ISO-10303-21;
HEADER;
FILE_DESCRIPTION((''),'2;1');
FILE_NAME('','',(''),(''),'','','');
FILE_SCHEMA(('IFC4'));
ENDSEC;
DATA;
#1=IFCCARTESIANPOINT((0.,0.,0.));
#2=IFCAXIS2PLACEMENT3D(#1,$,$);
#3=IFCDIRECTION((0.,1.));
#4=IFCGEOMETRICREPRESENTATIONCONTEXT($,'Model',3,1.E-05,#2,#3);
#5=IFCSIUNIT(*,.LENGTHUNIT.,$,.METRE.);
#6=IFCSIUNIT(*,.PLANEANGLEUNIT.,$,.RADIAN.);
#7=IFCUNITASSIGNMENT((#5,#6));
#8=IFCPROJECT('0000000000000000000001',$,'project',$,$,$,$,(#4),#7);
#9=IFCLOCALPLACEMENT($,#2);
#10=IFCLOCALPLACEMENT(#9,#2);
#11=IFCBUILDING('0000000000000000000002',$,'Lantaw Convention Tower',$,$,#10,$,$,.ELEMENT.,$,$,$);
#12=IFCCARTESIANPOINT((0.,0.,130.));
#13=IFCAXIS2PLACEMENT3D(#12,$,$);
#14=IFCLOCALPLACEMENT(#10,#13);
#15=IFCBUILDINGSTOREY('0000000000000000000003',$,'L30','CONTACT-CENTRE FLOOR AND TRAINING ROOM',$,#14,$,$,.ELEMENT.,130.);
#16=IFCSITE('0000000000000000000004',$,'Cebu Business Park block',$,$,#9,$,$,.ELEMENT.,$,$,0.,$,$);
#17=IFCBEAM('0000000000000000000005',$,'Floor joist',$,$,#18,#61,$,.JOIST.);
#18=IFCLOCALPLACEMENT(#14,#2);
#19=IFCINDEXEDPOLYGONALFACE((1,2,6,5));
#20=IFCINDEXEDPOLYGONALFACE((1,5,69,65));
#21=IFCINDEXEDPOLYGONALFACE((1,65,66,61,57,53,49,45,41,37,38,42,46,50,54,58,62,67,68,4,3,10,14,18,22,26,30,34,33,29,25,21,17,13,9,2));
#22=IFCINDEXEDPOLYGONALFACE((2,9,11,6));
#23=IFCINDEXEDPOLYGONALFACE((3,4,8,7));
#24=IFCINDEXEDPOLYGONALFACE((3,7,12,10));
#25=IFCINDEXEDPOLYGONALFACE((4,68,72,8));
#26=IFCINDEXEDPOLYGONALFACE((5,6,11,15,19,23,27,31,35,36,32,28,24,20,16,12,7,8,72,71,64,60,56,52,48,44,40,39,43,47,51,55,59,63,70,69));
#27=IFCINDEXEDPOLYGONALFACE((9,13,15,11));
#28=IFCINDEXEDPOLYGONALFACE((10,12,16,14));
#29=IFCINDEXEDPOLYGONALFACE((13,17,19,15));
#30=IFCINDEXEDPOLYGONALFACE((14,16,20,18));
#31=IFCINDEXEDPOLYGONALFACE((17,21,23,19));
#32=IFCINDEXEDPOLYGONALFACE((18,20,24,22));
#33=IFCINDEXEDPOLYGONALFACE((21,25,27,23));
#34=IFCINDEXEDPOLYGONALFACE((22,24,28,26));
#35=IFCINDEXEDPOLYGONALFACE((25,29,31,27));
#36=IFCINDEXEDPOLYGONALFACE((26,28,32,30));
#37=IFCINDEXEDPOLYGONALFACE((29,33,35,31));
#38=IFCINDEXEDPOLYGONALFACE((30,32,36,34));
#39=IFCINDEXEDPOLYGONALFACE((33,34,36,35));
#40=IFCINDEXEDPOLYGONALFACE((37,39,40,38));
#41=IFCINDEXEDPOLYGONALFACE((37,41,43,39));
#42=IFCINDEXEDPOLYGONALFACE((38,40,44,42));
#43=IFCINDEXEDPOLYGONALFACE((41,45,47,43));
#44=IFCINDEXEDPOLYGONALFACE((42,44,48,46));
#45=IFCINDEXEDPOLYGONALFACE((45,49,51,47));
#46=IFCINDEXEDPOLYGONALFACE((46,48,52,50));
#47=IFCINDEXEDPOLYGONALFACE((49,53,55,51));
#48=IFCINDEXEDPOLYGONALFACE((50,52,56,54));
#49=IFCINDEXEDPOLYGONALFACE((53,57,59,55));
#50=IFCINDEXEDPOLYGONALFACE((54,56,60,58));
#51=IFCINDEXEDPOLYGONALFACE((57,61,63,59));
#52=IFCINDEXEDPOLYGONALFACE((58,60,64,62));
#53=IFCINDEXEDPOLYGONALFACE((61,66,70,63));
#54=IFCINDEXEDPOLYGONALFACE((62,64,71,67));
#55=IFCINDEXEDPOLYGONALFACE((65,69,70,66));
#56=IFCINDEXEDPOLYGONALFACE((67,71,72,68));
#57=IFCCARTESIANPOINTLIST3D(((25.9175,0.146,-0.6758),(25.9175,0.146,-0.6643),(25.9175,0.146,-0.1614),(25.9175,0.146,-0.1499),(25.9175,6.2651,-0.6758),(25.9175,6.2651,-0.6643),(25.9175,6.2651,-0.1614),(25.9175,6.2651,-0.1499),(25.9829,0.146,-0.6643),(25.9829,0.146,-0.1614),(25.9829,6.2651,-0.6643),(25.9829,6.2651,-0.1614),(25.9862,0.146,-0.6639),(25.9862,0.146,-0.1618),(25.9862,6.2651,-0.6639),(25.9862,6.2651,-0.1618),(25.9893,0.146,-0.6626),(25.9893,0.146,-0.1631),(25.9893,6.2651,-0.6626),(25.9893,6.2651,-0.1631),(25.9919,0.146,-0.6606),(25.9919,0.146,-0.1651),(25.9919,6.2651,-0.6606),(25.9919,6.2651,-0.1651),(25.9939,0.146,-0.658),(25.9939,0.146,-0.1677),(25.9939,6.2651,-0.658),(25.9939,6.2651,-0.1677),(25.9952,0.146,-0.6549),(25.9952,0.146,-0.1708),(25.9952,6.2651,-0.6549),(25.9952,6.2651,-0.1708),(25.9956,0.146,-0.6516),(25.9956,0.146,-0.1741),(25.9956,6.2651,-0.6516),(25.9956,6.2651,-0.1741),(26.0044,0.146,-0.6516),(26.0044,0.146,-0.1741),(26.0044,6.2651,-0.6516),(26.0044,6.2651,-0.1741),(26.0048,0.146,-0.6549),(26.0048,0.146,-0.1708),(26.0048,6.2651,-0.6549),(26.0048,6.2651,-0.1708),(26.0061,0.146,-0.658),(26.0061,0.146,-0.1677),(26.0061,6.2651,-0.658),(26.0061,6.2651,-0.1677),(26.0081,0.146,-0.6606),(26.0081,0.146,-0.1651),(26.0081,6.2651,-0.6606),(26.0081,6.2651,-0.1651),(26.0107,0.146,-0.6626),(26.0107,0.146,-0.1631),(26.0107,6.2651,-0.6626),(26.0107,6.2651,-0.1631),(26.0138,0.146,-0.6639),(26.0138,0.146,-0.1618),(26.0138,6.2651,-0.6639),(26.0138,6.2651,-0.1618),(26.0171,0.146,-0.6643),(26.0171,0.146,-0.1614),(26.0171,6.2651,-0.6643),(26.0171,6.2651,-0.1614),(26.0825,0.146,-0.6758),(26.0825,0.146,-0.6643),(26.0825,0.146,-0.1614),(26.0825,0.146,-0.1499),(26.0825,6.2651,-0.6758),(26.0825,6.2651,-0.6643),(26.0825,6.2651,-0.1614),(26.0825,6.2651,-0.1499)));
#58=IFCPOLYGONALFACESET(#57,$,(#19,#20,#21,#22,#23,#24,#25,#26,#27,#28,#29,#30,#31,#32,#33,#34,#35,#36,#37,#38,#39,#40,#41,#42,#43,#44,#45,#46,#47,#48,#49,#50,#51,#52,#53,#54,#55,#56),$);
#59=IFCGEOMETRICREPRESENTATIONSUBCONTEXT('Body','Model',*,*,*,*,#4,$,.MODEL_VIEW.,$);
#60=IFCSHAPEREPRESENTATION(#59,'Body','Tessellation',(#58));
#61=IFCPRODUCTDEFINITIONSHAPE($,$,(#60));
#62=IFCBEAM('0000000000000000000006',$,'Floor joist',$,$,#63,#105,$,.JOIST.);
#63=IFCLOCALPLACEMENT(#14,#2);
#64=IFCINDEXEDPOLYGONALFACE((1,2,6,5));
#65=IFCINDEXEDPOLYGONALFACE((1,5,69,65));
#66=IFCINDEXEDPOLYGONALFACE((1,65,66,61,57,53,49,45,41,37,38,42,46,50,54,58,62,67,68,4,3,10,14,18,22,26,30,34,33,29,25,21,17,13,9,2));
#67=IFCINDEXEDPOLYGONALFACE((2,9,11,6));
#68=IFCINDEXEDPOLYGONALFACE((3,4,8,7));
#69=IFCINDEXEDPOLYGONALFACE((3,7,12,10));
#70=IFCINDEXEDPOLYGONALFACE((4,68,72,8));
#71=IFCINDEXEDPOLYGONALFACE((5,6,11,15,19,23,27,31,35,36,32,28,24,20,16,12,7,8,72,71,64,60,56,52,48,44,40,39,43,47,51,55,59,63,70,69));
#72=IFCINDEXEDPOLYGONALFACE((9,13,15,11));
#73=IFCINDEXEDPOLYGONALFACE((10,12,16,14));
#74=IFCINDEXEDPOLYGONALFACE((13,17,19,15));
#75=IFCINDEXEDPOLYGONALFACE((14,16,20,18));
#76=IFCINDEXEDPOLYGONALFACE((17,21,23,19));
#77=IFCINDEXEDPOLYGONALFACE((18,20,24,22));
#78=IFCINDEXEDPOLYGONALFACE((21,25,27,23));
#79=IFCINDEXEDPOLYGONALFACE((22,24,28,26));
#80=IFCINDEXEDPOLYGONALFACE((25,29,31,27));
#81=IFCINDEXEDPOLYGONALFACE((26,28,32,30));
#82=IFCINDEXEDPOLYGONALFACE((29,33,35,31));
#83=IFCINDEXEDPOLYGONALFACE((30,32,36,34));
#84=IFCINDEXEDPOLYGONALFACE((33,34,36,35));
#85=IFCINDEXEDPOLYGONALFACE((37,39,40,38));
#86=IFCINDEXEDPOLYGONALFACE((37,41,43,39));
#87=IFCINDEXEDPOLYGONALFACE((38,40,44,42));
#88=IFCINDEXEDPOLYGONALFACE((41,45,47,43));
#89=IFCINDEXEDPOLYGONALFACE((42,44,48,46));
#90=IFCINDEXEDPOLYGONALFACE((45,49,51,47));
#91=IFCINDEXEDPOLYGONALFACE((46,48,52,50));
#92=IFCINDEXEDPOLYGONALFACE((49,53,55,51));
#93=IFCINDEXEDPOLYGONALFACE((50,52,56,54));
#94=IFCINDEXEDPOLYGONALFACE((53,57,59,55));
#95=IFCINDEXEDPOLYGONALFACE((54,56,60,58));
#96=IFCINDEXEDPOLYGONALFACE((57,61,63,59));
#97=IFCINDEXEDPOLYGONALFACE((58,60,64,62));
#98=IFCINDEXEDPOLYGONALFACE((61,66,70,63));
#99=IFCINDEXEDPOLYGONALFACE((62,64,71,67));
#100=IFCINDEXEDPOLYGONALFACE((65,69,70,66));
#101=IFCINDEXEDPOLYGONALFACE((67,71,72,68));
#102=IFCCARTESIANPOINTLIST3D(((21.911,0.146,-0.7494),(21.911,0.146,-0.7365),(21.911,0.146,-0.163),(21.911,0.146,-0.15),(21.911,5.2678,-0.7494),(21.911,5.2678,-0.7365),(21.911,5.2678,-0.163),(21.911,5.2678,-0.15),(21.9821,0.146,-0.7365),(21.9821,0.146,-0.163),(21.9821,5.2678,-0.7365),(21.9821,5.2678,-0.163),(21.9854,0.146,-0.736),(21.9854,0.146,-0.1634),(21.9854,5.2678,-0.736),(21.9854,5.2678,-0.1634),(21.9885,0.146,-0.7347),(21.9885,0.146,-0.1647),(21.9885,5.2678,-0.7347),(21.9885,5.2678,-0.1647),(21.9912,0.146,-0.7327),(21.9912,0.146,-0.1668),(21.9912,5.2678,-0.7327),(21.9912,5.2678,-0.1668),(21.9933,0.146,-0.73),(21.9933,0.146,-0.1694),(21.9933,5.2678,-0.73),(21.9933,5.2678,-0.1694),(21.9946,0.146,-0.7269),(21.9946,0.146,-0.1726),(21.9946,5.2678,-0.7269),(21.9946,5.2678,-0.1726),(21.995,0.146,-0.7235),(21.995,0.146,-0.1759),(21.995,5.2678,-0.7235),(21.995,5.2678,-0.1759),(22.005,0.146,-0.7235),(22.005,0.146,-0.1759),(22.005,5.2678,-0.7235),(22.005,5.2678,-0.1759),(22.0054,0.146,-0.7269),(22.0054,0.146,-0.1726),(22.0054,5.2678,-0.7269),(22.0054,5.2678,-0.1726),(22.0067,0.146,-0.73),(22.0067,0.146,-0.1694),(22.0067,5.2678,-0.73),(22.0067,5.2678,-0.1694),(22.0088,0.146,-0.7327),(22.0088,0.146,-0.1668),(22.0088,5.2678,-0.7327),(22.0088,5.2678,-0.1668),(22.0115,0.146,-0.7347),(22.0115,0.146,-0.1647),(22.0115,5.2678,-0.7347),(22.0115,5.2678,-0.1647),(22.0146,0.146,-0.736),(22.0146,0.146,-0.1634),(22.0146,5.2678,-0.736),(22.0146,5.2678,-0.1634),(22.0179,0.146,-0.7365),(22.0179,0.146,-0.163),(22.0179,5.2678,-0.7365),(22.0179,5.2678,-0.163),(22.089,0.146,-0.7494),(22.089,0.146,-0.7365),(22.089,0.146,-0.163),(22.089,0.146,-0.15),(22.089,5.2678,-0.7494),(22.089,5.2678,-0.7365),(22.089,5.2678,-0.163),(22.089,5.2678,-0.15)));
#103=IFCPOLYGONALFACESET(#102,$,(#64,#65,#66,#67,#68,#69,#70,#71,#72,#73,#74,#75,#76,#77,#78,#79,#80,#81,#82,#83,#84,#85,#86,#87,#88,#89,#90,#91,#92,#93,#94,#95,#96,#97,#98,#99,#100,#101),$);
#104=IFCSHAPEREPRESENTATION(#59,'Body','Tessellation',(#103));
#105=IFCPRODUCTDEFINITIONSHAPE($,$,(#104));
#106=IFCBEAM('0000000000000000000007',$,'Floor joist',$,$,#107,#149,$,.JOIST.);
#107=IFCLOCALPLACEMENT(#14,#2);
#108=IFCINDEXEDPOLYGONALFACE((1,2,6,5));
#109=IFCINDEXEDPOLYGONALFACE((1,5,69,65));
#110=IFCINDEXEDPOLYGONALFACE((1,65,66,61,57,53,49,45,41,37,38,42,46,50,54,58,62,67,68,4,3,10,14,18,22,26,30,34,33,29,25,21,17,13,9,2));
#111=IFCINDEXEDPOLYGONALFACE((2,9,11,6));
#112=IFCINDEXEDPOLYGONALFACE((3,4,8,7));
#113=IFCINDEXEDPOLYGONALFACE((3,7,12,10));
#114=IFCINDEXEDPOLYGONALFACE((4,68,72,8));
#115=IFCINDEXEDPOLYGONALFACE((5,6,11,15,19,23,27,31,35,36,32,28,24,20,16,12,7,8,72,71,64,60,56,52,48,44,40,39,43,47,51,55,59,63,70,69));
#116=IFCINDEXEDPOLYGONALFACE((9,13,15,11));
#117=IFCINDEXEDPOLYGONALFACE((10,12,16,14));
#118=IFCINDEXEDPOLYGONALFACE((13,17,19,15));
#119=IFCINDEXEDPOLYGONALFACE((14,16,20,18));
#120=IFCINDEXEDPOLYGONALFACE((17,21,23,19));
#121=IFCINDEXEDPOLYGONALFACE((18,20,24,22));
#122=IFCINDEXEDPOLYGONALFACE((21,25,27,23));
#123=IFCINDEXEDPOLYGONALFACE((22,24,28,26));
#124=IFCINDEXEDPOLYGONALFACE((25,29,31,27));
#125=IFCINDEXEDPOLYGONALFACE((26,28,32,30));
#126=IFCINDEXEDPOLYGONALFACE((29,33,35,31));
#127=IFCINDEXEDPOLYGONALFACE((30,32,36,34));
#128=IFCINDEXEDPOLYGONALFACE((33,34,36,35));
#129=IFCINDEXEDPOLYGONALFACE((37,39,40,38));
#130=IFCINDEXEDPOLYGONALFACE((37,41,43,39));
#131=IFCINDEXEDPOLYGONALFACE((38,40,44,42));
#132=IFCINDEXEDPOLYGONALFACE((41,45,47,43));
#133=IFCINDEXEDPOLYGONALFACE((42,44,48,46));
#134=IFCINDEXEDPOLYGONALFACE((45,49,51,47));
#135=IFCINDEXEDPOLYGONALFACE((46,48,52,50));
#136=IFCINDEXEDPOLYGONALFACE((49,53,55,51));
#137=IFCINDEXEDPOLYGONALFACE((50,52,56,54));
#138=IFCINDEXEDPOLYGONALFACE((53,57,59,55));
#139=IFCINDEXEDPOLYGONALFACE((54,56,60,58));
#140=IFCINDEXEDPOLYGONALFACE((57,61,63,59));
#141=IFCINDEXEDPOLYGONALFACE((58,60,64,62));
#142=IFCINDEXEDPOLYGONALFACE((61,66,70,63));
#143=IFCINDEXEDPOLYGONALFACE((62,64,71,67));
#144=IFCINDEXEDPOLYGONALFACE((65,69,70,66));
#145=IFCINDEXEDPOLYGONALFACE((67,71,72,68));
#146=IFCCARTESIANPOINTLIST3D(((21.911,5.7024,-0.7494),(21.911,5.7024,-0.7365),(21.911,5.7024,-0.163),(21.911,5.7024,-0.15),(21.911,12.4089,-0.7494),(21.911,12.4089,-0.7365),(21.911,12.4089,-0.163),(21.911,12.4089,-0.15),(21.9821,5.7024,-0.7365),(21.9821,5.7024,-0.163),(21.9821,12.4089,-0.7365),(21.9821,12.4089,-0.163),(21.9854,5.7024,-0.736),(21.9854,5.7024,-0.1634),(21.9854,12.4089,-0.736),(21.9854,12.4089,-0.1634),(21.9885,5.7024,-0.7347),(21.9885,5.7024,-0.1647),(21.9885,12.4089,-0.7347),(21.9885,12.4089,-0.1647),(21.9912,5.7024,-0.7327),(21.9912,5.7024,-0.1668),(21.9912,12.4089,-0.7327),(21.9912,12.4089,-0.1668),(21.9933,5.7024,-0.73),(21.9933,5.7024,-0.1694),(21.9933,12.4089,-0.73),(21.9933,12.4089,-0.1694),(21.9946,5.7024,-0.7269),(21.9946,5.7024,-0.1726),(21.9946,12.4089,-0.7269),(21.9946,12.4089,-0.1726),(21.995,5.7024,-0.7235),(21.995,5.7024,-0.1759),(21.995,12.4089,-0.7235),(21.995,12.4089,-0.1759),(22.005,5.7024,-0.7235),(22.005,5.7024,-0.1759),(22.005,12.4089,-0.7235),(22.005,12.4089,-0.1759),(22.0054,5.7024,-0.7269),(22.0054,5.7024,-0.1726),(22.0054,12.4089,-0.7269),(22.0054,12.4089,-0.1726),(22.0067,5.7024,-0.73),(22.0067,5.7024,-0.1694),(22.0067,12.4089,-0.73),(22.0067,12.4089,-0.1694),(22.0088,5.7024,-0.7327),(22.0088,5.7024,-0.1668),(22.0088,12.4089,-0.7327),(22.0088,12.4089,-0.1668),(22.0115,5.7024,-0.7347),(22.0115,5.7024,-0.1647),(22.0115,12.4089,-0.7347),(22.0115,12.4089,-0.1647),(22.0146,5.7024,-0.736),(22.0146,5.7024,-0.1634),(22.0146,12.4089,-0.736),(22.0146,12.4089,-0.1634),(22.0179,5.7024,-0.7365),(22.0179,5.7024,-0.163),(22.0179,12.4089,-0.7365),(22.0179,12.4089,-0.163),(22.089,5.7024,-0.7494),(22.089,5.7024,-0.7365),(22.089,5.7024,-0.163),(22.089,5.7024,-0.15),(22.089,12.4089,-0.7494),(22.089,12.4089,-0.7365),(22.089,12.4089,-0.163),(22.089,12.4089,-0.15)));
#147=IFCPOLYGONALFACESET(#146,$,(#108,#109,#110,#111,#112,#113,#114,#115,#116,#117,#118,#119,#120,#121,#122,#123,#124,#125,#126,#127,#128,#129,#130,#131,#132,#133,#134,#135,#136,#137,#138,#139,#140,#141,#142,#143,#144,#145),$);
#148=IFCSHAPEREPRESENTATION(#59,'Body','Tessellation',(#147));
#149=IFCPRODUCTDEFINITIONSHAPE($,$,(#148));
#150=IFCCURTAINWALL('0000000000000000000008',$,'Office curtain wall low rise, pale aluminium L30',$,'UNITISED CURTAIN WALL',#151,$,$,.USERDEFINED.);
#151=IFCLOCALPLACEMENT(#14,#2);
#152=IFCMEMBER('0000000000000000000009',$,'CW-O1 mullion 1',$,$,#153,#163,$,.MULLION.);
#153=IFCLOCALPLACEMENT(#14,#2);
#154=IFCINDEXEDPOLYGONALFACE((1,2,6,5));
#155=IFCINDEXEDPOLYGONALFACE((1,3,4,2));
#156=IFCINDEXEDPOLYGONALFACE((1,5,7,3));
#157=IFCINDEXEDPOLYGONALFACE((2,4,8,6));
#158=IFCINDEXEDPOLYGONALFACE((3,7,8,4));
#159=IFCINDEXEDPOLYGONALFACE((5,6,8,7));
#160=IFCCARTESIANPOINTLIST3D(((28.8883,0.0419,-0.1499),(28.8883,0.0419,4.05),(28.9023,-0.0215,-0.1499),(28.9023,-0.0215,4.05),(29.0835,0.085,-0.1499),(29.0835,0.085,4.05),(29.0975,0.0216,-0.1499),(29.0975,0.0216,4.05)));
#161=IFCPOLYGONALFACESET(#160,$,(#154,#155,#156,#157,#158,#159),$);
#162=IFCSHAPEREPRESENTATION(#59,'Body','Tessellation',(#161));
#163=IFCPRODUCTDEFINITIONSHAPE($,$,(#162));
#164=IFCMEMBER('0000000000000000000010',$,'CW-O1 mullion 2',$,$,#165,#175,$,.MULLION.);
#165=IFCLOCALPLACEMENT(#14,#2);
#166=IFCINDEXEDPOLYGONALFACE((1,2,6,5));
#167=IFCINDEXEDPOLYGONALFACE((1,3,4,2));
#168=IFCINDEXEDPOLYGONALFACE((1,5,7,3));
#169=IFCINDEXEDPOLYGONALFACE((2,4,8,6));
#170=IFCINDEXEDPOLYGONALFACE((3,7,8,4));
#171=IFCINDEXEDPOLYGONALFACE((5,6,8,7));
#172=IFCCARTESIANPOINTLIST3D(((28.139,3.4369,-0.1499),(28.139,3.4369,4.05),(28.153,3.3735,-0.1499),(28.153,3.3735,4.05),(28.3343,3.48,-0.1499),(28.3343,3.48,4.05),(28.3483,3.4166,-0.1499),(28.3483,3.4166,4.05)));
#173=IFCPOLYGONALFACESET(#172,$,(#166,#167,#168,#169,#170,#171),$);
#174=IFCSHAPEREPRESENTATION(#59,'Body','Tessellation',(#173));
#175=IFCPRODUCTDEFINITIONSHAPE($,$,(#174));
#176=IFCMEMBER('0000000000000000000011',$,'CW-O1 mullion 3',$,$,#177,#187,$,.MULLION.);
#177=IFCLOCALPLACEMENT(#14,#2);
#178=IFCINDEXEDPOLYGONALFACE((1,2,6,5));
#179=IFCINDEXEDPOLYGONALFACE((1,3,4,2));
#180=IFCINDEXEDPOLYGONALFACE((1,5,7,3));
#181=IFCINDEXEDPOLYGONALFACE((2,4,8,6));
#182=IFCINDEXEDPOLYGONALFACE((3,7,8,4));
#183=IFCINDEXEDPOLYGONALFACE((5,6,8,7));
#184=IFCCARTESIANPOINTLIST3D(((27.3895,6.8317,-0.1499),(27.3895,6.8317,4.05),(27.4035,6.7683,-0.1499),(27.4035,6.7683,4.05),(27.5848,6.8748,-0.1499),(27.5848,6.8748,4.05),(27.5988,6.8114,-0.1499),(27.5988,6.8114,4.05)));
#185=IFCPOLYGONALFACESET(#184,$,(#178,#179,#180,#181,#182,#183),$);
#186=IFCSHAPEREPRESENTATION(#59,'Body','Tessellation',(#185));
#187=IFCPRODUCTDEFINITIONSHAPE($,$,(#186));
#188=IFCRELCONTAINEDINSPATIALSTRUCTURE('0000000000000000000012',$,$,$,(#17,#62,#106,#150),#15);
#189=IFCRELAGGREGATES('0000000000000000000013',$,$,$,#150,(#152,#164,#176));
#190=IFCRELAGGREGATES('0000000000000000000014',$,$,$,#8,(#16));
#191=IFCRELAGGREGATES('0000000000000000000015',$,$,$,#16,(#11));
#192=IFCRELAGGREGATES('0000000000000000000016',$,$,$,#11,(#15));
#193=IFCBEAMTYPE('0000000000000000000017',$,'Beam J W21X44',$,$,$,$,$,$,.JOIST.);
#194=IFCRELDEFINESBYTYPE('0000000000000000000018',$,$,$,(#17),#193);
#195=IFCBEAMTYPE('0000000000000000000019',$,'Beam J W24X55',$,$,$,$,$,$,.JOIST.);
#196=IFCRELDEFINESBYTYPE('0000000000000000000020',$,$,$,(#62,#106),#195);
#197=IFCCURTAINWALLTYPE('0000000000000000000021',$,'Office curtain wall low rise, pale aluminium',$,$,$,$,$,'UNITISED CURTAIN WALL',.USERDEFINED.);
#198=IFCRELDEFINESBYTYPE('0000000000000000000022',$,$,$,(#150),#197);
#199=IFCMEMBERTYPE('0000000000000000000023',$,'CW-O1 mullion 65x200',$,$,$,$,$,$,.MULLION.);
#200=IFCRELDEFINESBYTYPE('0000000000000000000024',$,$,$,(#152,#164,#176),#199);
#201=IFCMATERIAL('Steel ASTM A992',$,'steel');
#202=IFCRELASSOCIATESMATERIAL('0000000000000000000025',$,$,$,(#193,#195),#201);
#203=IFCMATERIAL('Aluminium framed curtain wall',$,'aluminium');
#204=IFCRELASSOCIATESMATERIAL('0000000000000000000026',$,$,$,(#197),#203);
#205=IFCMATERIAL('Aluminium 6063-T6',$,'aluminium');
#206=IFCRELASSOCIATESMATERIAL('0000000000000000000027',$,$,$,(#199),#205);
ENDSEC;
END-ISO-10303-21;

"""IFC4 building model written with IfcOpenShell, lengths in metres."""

from ifc_helpers import new_model, si_unit, direction, frame, origin, origin_2d, place, context, subcontext, project, spatial, rectangle, i_section, extrude, material, material_profile, profile_set, type_object, element, aggregate, save


model = new_model("IFC4")

# Units and contexts
model_context = context("Model", 3, precision=1e-05, world=origin(), true_north=direction((0.0, 1.0)))
body_context = subcontext(model_context, "Body", "Model", "MODEL_VIEW")
ifc_project = project(units=[si_unit("LENGTHUNIT", "METRE"), si_unit("PLANEANGLEUNIT", "RADIAN")], contexts=[model_context])

# Site, building, storey
site_placement = place(None, origin())
site = spatial("IfcSite", under=ifc_project, at=site_placement, Name="Cebu Business Park block", CompositionType="ELEMENT", RefElevation=0.0)
building_placement = place(site_placement, origin())
building = spatial("IfcBuilding", under=site, at=building_placement, Name="Lantaw Convention Tower", CompositionType="ELEMENT")
storey_placement = place(building_placement, frame((0.0, 0.0, 130.0)))
storey = spatial("IfcBuildingStorey", under=building, at=storey_placement, Name="L30", Description="CONTACT-CENTRE FLOOR AND TRAINING ROOM", CompositionType="ELEMENT", Elevation=130.0)

# Beams
ifc_material_1 = material(Name="Steel ASTM A992", Category="steel")
ifc_material_profile_1 = material_profile(ifc_material_1, i_section(OverallWidth=0.165, OverallDepth=0.5259, WebThickness=0.0088, FlangeThickness=0.0115, FilletRadius=0.0127, at=origin_2d()), Name="W21X44")
ifc_profile_set_1 = profile_set([ifc_material_profile_1], Name="Steel ASTM A992")
beam_type_1 = type_object("IfcBeamType", Name="Beam J W21X44", PredefinedType="JOIST", material=ifc_profile_set_1)
beam_1_placement = place(storey_placement, frame((26.0, 0.146, -0.4128), z_axis=(0.0, 1.0, 0.0), x_axis=(-1.0, 0.0, 0.0)))
element("IfcBeam", 1, at=beam_1_placement, inside=storey, type_object=beam_type_1, Name="Floor joist", PredefinedType="JOIST", context=body_context, shape_type="SweptSolid", body=[
    extrude(i_section(OverallWidth=0.165, OverallDepth=0.5259, WebThickness=0.0088, FlangeThickness=0.0115, FilletRadius=0.0127, at=origin_2d()), origin(), (0.0, 0.0, 1.0), 6.1191),
])
ifc_material_profile_2 = material_profile(ifc_material_1, i_section(OverallWidth=0.178, OverallDepth=0.5994, WebThickness=0.01, FlangeThickness=0.0129, FilletRadius=0.0129, at=origin_2d()), Name="W24X55")
ifc_profile_set_2 = profile_set([ifc_material_profile_2], Name="Steel ASTM A992")
beam_type_2 = type_object("IfcBeamType", Name="Beam J W24X55", PredefinedType="JOIST", material=ifc_profile_set_2)
beam_2_placement = place(storey_placement, frame((22.0, 0.146, -0.4497), z_axis=(0.0, 1.0, 0.0), x_axis=(-1.0, 0.0, 0.0)))
element("IfcBeam", 2, at=beam_2_placement, inside=storey, type_object=beam_type_2, Name="Floor joist", PredefinedType="JOIST", context=body_context, shape_type="SweptSolid", body=[
    extrude(i_section(OverallWidth=0.178, OverallDepth=0.5994, WebThickness=0.01, FlangeThickness=0.0129, FilletRadius=0.0129, at=origin_2d()), origin(), (0.0, 0.0, 1.0), 5.1218),
])
beam_3_placement = place(storey_placement, frame((22.0, 5.7024, -0.4497), z_axis=(0.0, 1.0, 0.0), x_axis=(-1.0, 0.0, 0.0)))
element("IfcBeam", 3, at=beam_3_placement, inside=storey, type_object=beam_type_2, Name="Floor joist", PredefinedType="JOIST", context=body_context, shape_type="SweptSolid", body=[
    extrude(i_section(OverallWidth=0.178, OverallDepth=0.5994, WebThickness=0.01, FlangeThickness=0.0129, FilletRadius=0.0129, at=origin_2d()), origin(), (0.0, 0.0, 1.0), 6.7065),
])

# Curtain wall, members
ifc_material_2 = material(Name="Aluminium framed curtain wall", Category="aluminium")
curtain_wall_type = type_object("IfcCurtainWallType", Name="Office curtain wall low rise, pale aluminium", ElementType="UNITISED CURTAIN WALL", PredefinedType="USERDEFINED", material=ifc_material_2)
curtain_wall_1_placement = place(storey_placement, origin())
curtain_wall_1 = element("IfcCurtainWall", 4, at=curtain_wall_1_placement, inside=storey, type_object=curtain_wall_type, Name="Office curtain wall low rise, pale aluminium L30", ObjectType="UNITISED CURTAIN WALL", PredefinedType="USERDEFINED")
ifc_material_3 = material(Name="Aluminium 6063-T6", Category="aluminium")
ifc_material_profile_3 = material_profile(ifc_material_3, rectangle(XDim=0.2, YDim=0.0649, at=origin_2d()), Name="CW-O1 mullion 65x200")
ifc_profile_set_3 = profile_set([ifc_material_profile_3], Name="Aluminium 6063-T6")
member_type_1 = type_object("IfcMemberType", Name="CW-O1 mullion 65x200", PredefinedType="MULLION", material=ifc_profile_set_3)
member_1_placement = place(storey_placement, frame((28.9929, 0.0317, -0.1499), z_axis=(0.0, 0.0, 1.0), x_axis=(-0.976494, -0.215546, 0.0)))
member_1 = element("IfcMember", 5, at=member_1_placement, type_object=member_type_1, Name="CW-O1 mullion 1", PredefinedType="MULLION", context=body_context, shape_type="SweptSolid", body=[
    extrude(rectangle(XDim=0.2, YDim=0.0649, at=origin_2d()), origin(), (0.0, 0.0, 1.0), 4.2),
])
member_2_placement = place(storey_placement, frame((28.2437, 3.4268, -0.1499), z_axis=(0.0, 0.0, 1.0), x_axis=(-0.976494, -0.215546, 0.0)))
member_2 = element("IfcMember", 6, at=member_2_placement, type_object=member_type_1, Name="CW-O1 mullion 2", PredefinedType="MULLION", context=body_context, shape_type="SweptSolid", body=[
    extrude(rectangle(XDim=0.2, YDim=0.0649, at=origin_2d()), origin(), (0.0, 0.0, 1.0), 4.2),
])
member_3_placement = place(storey_placement, frame((27.4941, 6.8215, -0.1499), z_axis=(0.0, 0.0, 1.0), x_axis=(-0.976494, -0.215546, 0.0)))
member_3 = element("IfcMember", 7, at=member_3_placement, type_object=member_type_1, Name="CW-O1 mullion 3", PredefinedType="MULLION", context=body_context, shape_type="SweptSolid", body=[
    extrude(rectangle(XDim=0.2, YDim=0.0649, at=origin_2d()), origin(), (0.0, 0.0, 1.0), 4.2),
])

aggregate(curtain_wall_1, [member_1, member_2, member_3])

save(model, "model.ifc")
